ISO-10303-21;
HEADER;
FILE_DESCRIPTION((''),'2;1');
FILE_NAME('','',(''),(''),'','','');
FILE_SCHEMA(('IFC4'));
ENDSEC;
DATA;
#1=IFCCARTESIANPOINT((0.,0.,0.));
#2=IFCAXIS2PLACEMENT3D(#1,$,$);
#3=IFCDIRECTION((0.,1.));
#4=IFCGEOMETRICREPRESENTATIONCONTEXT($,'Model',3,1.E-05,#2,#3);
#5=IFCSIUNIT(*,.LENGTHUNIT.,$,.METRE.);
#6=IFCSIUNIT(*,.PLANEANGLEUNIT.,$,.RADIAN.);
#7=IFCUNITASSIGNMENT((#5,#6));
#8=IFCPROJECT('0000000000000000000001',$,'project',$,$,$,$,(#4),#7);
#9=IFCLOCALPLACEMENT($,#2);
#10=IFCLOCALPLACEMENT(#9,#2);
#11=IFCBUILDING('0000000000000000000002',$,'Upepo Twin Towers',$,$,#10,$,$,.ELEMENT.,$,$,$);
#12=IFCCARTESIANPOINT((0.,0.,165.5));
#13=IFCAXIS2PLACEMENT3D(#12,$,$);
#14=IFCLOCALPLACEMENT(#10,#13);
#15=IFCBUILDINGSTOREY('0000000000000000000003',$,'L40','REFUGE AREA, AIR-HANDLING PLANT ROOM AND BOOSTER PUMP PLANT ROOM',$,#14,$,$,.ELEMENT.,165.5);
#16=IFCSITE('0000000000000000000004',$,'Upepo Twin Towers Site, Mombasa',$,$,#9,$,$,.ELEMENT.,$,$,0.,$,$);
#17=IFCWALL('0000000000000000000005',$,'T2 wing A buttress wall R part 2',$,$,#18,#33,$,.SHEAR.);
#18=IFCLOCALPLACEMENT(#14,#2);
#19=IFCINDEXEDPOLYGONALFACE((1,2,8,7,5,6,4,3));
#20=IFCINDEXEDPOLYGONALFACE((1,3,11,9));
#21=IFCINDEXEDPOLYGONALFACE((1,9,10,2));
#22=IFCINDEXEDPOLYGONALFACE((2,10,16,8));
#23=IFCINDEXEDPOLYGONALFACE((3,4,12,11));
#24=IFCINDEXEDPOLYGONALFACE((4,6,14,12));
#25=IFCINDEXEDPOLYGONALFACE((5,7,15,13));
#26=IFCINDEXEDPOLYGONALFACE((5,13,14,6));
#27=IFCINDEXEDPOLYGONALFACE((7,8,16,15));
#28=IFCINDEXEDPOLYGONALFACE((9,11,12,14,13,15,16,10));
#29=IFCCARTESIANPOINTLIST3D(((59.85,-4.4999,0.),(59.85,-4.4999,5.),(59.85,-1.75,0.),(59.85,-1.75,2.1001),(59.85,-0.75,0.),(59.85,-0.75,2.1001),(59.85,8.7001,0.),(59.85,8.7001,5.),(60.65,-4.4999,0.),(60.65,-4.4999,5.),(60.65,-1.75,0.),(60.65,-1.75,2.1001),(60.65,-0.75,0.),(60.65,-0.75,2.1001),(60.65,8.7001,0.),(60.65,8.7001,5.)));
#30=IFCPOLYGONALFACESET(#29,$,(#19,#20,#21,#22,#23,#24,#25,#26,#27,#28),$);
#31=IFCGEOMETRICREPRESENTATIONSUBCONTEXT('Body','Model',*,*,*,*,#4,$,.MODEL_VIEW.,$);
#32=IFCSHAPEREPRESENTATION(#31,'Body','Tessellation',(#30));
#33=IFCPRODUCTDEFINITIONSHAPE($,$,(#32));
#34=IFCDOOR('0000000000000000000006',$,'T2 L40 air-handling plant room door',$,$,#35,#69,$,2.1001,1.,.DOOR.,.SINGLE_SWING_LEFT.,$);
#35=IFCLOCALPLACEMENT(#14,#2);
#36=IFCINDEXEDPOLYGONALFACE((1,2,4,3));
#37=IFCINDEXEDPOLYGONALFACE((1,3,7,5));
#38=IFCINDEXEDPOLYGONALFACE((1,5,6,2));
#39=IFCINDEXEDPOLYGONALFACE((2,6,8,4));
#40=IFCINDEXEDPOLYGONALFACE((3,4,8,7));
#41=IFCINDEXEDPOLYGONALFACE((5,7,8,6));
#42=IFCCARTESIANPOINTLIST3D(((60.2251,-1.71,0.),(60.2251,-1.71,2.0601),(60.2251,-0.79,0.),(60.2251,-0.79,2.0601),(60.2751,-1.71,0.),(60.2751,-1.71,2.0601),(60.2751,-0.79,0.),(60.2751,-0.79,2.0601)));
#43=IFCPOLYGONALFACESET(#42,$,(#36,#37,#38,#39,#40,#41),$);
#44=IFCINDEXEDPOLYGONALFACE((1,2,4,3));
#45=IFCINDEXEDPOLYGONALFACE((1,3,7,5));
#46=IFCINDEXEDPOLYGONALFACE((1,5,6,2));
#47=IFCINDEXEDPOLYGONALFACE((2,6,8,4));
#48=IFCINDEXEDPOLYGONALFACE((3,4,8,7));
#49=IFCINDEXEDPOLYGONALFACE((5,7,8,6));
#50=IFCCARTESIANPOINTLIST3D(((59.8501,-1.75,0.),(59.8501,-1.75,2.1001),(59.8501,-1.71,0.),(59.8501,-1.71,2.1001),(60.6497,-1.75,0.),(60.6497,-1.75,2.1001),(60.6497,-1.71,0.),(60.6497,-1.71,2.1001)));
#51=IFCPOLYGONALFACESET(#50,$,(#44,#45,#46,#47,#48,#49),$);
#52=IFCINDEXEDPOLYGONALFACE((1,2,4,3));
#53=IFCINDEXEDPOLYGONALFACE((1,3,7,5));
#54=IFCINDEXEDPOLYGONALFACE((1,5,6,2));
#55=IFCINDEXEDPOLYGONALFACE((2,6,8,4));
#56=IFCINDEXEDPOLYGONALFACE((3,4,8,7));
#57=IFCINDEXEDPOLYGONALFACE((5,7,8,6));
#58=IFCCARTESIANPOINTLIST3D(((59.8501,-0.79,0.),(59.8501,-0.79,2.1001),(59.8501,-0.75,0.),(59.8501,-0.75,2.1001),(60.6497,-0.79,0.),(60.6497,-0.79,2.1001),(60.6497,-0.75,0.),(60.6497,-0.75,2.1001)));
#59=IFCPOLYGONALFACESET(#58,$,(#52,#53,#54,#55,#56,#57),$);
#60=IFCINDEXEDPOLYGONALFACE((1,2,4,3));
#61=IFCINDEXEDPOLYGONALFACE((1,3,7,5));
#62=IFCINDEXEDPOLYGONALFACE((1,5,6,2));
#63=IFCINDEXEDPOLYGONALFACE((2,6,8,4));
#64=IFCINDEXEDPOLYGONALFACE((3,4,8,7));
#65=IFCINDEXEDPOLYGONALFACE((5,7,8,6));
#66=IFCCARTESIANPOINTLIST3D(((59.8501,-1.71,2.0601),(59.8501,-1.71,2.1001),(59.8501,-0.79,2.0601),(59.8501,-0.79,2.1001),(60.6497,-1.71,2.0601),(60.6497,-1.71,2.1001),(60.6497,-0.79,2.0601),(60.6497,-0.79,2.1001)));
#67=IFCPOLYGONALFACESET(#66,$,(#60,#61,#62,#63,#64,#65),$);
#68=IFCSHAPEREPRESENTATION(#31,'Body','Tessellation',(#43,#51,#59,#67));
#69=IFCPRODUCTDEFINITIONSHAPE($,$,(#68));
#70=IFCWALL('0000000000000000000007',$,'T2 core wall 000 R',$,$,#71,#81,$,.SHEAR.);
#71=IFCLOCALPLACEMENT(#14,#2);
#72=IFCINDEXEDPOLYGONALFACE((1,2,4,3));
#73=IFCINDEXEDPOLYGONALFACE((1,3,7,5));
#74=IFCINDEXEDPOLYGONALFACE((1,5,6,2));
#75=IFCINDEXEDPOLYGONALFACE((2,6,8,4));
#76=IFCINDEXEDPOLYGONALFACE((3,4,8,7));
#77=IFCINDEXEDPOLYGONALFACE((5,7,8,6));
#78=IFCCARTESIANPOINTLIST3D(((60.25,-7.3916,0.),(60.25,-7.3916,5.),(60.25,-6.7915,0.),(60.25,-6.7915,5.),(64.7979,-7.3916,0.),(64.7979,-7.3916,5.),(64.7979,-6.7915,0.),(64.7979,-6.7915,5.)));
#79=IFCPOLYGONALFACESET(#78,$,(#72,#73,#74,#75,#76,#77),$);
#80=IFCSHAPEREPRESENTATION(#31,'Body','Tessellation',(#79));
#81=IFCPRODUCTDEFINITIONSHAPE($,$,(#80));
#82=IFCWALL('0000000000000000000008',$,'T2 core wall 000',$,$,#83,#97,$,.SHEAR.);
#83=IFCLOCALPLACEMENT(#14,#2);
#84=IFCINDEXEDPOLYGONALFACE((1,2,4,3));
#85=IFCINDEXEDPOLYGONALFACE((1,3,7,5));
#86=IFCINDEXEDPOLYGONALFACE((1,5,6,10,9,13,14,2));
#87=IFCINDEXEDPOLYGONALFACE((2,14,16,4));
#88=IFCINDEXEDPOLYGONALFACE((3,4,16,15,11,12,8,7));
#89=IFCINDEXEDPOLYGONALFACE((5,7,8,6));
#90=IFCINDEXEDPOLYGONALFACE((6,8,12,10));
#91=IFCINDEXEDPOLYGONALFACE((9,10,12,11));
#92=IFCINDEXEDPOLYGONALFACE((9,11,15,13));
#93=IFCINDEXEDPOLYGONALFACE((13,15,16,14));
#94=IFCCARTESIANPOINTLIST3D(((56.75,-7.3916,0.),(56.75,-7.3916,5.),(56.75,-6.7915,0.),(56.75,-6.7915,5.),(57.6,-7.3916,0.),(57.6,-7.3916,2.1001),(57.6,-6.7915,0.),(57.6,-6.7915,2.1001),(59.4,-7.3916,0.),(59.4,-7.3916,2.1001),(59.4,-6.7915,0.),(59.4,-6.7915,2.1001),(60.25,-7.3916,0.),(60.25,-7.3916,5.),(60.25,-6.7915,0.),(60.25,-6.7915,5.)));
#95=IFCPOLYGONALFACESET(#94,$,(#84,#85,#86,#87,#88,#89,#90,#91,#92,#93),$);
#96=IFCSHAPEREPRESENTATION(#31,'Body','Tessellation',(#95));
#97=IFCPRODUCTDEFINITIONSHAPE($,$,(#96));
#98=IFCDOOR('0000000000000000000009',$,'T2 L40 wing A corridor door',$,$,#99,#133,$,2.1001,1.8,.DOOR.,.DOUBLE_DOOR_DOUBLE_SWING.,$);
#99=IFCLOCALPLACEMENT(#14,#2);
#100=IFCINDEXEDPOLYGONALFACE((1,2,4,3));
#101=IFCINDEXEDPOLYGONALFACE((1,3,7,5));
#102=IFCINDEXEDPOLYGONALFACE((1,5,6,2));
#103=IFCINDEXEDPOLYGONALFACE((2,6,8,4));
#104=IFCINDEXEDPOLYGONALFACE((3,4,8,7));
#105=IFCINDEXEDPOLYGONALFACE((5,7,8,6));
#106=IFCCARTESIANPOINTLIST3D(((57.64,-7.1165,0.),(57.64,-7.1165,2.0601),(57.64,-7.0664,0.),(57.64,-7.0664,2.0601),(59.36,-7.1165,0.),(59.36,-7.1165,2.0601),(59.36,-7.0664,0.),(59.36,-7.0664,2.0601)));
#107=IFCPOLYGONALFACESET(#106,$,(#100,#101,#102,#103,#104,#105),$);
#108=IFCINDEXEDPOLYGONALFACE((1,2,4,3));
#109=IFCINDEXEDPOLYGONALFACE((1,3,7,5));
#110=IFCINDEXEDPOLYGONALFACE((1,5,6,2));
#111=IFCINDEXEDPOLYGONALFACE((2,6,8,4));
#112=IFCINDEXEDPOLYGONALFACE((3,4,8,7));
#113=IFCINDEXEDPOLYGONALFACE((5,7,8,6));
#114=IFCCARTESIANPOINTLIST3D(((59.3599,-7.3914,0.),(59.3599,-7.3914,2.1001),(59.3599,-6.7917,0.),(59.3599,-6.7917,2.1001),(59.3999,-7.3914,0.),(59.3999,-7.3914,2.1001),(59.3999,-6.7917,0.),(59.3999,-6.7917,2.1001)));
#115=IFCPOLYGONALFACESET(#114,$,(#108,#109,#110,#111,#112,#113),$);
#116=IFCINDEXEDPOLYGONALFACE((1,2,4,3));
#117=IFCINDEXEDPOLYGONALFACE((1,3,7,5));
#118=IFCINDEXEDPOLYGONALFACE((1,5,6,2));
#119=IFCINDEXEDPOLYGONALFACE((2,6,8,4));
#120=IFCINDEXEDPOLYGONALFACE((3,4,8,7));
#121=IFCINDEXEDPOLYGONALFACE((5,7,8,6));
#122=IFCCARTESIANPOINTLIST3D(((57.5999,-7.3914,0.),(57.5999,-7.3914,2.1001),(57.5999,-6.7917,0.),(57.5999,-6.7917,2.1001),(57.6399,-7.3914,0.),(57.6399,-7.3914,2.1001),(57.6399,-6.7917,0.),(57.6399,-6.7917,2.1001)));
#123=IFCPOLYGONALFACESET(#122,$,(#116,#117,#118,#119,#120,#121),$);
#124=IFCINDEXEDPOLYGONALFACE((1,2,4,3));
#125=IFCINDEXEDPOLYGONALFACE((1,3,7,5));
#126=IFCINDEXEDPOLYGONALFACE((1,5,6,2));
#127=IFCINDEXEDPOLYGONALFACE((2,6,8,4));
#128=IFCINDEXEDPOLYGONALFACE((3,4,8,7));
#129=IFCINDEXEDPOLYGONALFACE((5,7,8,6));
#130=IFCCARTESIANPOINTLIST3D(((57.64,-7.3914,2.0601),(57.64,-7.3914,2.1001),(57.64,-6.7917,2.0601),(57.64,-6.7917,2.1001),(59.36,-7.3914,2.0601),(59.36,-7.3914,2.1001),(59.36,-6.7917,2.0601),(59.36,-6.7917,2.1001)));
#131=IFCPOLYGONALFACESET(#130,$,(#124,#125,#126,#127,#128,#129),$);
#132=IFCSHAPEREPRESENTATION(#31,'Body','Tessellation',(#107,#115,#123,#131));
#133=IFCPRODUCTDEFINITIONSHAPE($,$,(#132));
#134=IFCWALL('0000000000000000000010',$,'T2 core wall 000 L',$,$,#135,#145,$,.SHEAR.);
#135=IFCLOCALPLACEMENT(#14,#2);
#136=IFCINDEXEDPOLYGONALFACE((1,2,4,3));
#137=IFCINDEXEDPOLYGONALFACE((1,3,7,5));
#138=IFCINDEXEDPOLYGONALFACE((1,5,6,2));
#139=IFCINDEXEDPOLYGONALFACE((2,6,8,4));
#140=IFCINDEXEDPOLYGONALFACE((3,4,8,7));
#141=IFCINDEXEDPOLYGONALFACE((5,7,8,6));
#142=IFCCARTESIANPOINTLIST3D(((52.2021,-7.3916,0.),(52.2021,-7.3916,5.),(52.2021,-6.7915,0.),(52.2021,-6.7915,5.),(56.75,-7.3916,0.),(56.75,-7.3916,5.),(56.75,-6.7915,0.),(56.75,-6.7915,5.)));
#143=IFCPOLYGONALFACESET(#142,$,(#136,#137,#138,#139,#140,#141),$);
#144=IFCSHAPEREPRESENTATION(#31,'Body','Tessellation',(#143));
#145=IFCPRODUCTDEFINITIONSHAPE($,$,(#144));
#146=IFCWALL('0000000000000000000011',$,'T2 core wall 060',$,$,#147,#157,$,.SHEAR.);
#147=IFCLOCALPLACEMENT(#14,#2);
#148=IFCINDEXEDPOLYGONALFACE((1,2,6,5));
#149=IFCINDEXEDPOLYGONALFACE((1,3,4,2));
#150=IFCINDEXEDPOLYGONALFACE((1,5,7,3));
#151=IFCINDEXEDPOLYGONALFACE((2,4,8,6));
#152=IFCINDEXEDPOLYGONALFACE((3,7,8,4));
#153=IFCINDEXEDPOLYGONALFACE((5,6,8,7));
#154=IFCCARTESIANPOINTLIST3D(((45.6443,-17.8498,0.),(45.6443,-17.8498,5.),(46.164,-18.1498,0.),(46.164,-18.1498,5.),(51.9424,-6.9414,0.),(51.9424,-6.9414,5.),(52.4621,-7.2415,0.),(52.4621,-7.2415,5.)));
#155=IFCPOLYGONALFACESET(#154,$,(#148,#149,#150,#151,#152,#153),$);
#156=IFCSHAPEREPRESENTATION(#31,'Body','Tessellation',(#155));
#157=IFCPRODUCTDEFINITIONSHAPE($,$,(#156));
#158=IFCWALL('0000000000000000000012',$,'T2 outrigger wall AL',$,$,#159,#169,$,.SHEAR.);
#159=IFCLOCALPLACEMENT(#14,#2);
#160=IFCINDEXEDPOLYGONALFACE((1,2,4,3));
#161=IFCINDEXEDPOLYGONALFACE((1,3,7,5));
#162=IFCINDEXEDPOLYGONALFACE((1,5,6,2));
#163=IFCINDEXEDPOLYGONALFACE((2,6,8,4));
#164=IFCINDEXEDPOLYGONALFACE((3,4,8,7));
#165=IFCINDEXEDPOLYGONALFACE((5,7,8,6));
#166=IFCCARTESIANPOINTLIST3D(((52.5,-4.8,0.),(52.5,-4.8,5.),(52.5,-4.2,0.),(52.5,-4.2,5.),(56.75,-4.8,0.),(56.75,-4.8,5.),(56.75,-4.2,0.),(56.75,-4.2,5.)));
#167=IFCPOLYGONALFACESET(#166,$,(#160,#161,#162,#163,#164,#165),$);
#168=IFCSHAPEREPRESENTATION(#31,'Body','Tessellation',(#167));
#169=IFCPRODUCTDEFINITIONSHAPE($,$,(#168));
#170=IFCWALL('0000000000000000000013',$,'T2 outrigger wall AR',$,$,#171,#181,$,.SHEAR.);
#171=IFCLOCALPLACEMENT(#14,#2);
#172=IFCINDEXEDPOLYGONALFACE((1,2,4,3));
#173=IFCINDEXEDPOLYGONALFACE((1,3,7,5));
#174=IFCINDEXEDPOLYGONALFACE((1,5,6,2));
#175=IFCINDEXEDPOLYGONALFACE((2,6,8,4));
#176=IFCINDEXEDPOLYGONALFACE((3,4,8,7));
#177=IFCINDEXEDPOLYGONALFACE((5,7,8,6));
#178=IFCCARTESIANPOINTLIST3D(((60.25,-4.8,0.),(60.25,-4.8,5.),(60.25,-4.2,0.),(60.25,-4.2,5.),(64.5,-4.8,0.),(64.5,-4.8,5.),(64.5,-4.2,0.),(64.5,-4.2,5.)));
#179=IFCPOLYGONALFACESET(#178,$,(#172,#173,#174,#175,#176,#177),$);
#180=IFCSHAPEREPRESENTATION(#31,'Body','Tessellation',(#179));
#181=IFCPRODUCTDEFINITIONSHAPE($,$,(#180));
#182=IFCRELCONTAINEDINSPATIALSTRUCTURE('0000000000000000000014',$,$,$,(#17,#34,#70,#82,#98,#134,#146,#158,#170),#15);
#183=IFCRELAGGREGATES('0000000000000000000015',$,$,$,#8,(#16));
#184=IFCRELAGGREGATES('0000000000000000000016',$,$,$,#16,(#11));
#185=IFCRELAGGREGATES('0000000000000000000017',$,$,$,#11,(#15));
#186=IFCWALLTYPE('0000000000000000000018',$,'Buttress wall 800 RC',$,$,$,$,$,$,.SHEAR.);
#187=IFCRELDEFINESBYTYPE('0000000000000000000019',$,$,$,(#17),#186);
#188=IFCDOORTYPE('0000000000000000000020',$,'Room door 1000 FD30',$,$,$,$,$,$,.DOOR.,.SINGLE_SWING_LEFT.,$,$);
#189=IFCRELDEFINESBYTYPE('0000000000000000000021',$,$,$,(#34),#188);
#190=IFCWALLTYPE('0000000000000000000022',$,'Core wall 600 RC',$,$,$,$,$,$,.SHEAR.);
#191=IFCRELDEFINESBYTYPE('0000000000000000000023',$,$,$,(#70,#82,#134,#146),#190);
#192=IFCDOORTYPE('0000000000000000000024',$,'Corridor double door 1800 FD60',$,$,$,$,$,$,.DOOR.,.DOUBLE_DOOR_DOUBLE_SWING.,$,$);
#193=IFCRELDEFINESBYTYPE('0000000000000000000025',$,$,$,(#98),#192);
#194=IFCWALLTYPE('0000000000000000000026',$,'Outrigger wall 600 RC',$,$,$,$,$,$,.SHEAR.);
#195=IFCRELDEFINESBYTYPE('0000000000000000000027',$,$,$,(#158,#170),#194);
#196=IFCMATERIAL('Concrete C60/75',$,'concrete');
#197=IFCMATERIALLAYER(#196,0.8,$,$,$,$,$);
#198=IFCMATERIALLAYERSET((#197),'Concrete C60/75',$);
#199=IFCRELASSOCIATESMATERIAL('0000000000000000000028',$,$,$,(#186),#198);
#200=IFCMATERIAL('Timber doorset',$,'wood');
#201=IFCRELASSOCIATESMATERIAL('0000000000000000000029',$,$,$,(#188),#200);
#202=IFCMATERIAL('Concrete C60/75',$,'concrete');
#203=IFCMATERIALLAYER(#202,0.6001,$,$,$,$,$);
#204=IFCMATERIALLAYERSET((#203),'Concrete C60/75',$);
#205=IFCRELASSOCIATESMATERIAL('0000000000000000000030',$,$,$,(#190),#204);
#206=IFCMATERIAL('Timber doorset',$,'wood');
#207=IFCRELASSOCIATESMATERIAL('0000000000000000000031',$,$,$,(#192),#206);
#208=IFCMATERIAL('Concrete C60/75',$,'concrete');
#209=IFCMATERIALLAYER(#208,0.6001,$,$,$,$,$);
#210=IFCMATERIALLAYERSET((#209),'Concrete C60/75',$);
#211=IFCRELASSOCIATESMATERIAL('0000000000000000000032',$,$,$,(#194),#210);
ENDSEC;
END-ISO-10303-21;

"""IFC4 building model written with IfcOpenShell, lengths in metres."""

from ifc_helpers import new_model, si_unit, direction, frame, frame_2d, origin, place, context, subcontext, project, spatial, rectangle, extrude, material, layer, layer_set, type_object, element, fill, save


model = new_model("IFC4")

# Units and contexts
model_context = context("Model", 3, precision=1e-05, world=origin(), true_north=direction((0.0, 1.0)))
body_context = subcontext(model_context, "Body", "Model", "MODEL_VIEW")
ifc_project = project(units=[si_unit("LENGTHUNIT", "METRE"), si_unit("PLANEANGLEUNIT", "RADIAN")], contexts=[model_context])

# Site, building, storey
site_placement = place(None, origin())
site = spatial("IfcSite", under=ifc_project, at=site_placement, Name="Upepo Twin Towers Site, Mombasa", CompositionType="ELEMENT", RefElevation=0.0)
building_placement = place(site_placement, origin())
building = spatial("IfcBuilding", under=site, at=building_placement, Name="Upepo Twin Towers", CompositionType="ELEMENT")
storey_placement = place(building_placement, frame((0.0, 0.0, 165.5)))
storey = spatial("IfcBuildingStorey", under=building, at=storey_placement, Name="L40", Description="REFUGE AREA, AIR-HANDLING PLANT ROOM AND BOOSTER PUMP PLANT ROOM", CompositionType="ELEMENT", Elevation=165.5)

# Wall, opening, door
ifc_material_1 = material(Name="Concrete C60/75", Category="concrete")
ifc_layer_1 = layer(ifc_material_1, 0.8)
ifc_layer_set_1 = layer_set([ifc_layer_1], Name="Concrete C60/75")
wall_type_1 = type_object("IfcWallType", Name="Buttress wall 800 RC", PredefinedType="SHEAR", material=ifc_layer_set_1)
ifc_material_2 = material(Name="Timber doorset", Category="wood")
door_type_1 = type_object("IfcDoorType", Name="Room door 1000 FD30", OperationType="SINGLE_SWING_LEFT", PredefinedType="DOOR", material=ifc_material_2)
wall_1_placement = place(storey_placement, frame((60.25, -4.5, 0.0), z_axis=(0.0, 0.0, 1.0), x_axis=(0.0, 1.0, 0.0)))
wall_1 = element("IfcWall", 1, at=wall_1_placement, inside=storey, type_object=wall_type_1, Name="T2 wing A buttress wall R part 2", PredefinedType="SHEAR", context=body_context, shape_type="SweptSolid", body=[
    extrude(rectangle(XDim=13.2, YDim=0.8, at=frame_2d((6.6001, 0.0))), origin(), (0.0, 0.0, 1.0), 5.0),
])
opening_1_placement = place(wall_1_placement, frame((2.75, 0.0, 0.0)))
opening_1 = element("IfcOpeningElement", 2, at=opening_1_placement, cuts=wall_1, PredefinedType="OPENING", context=body_context, shape_type="SweptSolid", body=[
    extrude(rectangle(XDim=1.0, YDim=2.1001, at=frame_2d((0.5, 1.05))), frame((0.0, 0.4099, 0.0), z_axis=(0.0, -1.0, 0.0), x_axis=(1.0, 0.0, 0.0)), (0.0, 0.0, 1.0), 0.8201),
])
door_1_placement = place(opening_1_placement, origin())
door_1 = element("IfcDoor", 3, at=door_1_placement, inside=storey, type_object=door_type_1, Name="T2 L40 air-handling plant room door", OperationType="SINGLE_SWING_LEFT", OverallHeight=2.1001, OverallWidth=1.0, PredefinedType="DOOR", context=body_context, shape_type="SweptSolid", body=[
    extrude(rectangle(XDim=0.92, YDim=2.0601, at=frame_2d((0.5, 1.03))), frame((0.0, 0.0249, 0.0), z_axis=(0.0, -1.0, 0.0), x_axis=(1.0, 0.0, 0.0)), (0.0, 0.0, 1.0), 0.05),
    extrude(rectangle(XDim=0.04, YDim=2.1001, at=frame_2d((0.02, 1.05))), frame((0.0, 0.3999, 0.0), z_axis=(0.0, -1.0, 0.0), x_axis=(1.0, 0.0, 0.0)), (0.0, 0.0, 1.0), 0.7996),
    extrude(rectangle(XDim=0.04, YDim=2.1001, at=frame_2d((0.98, 1.05))), frame((0.0, 0.3999, 0.0), z_axis=(0.0, -1.0, 0.0), x_axis=(1.0, 0.0, 0.0)), (0.0, 0.0, 1.0), 0.7996),
    extrude(rectangle(XDim=0.92, YDim=0.04, at=frame_2d((0.5, 2.0801))), frame((0.0, 0.3999, 0.0), z_axis=(0.0, -1.0, 0.0), x_axis=(1.0, 0.0, 0.0)), (0.0, 0.0, 1.0), 0.7996),
])
fill(opening_1, door_1)

# Wall
ifc_material_3 = material(Name="Concrete C60/75", Category="concrete")
ifc_layer_2 = layer(ifc_material_3, 0.6001)
ifc_layer_set_2 = layer_set([ifc_layer_2], Name="Concrete C60/75")
wall_type_2 = type_object("IfcWallType", Name="Core wall 600 RC", PredefinedType="SHEAR", material=ifc_layer_set_2)
wall_2_placement = place(storey_placement, frame((64.7979, -7.0916, 0.0), z_axis=(0.0, 0.0, 1.0), x_axis=(-1.0, 0.0, 0.0)))
element("IfcWall", 4, at=wall_2_placement, inside=storey, type_object=wall_type_2, Name="T2 core wall 000 R", PredefinedType="SHEAR", context=body_context, shape_type="SweptSolid", body=[
    extrude(rectangle(XDim=4.5479, YDim=0.6001, at=frame_2d((2.2739, 0.0))), origin(), (0.0, 0.0, 1.0), 5.0),
])

# Wall, opening, door
wall_3_placement = place(storey_placement, frame((60.25, -7.0916, 0.0), z_axis=(0.0, 0.0, 1.0), x_axis=(-1.0, 0.0, 0.0)))
wall_3 = element("IfcWall", 5, at=wall_3_placement, inside=storey, type_object=wall_type_2, Name="T2 core wall 000", PredefinedType="SHEAR", context=body_context, shape_type="SweptSolid", body=[
    extrude(rectangle(XDim=3.5, YDim=0.6001, at=frame_2d((1.75, 0.0))), origin(), (0.0, 0.0, 1.0), 5.0),
])
opening_2_placement = place(wall_3_placement, frame((0.8501, 0.0, 0.0)))
opening_2 = element("IfcOpeningElement", 6, at=opening_2_placement, cuts=wall_3, PredefinedType="OPENING", context=body_context, shape_type="SweptSolid", body=[
    extrude(rectangle(XDim=1.8, YDim=2.1001, at=frame_2d((0.8999, 1.05))), frame((0.0, 0.3101, 0.0), z_axis=(0.0, -1.0, 0.0), x_axis=(1.0, 0.0, 0.0)), (0.0, 0.0, 1.0), 0.6201),
])
ifc_material_4 = material(Name="Timber doorset", Category="wood")
door_type_2 = type_object("IfcDoorType", Name="Corridor double door 1800 FD60", OperationType="DOUBLE_DOOR_DOUBLE_SWING", PredefinedType="DOOR", material=ifc_material_4)
door_2_placement = place(opening_2_placement, origin())
door_2 = element("IfcDoor", 7, at=door_2_placement, inside=storey, type_object=door_type_2, Name="T2 L40 wing A corridor door", OperationType="DOUBLE_DOOR_DOUBLE_SWING", OverallHeight=2.1001, OverallWidth=1.8, PredefinedType="DOOR", context=body_context, shape_type="SweptSolid", body=[
    extrude(rectangle(XDim=1.72, YDim=2.0601, at=frame_2d((0.8999, 1.03))), frame((0.0, 0.0249, 0.0), z_axis=(0.0, -1.0, 0.0), x_axis=(1.0, 0.0, 0.0)), (0.0, 0.0, 1.0), 0.05),
    extrude(rectangle(XDim=0.04, YDim=2.1001, at=frame_2d((0.02, 1.05))), frame((0.0, 0.2998, 0.0), z_axis=(0.0, -1.0, 0.0), x_axis=(1.0, 0.0, 0.0)), (0.0, 0.0, 1.0), 0.5996),
    extrude(rectangle(XDim=0.04, YDim=2.1001, at=frame_2d((1.78, 1.05))), frame((0.0, 0.2998, 0.0), z_axis=(0.0, -1.0, 0.0), x_axis=(1.0, 0.0, 0.0)), (0.0, 0.0, 1.0), 0.5996),
    extrude(rectangle(XDim=1.72, YDim=0.04, at=frame_2d((0.8999, 2.0801))), frame((0.0, 0.2998, 0.0), z_axis=(0.0, -1.0, 0.0), x_axis=(1.0, 0.0, 0.0)), (0.0, 0.0, 1.0), 0.5996),
])
fill(opening_2, door_2)

# Walls
wall_4_placement = place(storey_placement, frame((56.75, -7.0916, 0.0), z_axis=(0.0, 0.0, 1.0), x_axis=(-1.0, 0.0, 0.0)))
element("IfcWall", 8, at=wall_4_placement, inside=storey, type_object=wall_type_2, Name="T2 core wall 000 L", PredefinedType="SHEAR", context=body_context, shape_type="SweptSolid", body=[
    extrude(rectangle(XDim=4.5479, YDim=0.6001, at=frame_2d((2.2739, 0.0))), origin(), (0.0, 0.0, 1.0), 5.0),
])
wall_5_placement = place(storey_placement, frame((52.2021, -7.0916, 0.0), z_axis=(0.0, 0.0, 1.0), x_axis=(-0.500006, -0.866022, 0.0)))
element("IfcWall", 9, at=wall_5_placement, inside=storey, type_object=wall_type_2, Name="T2 core wall 060", PredefinedType="SHEAR", context=body_context, shape_type="SweptSolid", body=[
    extrude(rectangle(XDim=12.5959, YDim=0.6001, at=frame_2d((6.2979, 0.0))), origin(), (0.0, 0.0, 1.0), 5.0),
])
ifc_material_5 = material(Name="Concrete C60/75", Category="concrete")
ifc_layer_3 = layer(ifc_material_5, 0.6001)
ifc_layer_set_3 = layer_set([ifc_layer_3], Name="Concrete C60/75")
wall_type_3 = type_object("IfcWallType", Name="Outrigger wall 600 RC", PredefinedType="SHEAR", material=ifc_layer_set_3)
for number, where, z_axis, x_axis, name in (
    (10, (56.75, -4.5, 0.0), (0.0, 0.0, 1.0), (-1.0, 0.0, 0.0), "T2 outrigger wall AL"),
    (11, (60.25, -4.5, 0.0), (0.0, 0.0, 1.0), (1.0, 0.0, 0.0), "T2 outrigger wall AR"),
):
    element("IfcWall", number, at=place(storey_placement, frame(where, z_axis=z_axis, x_axis=x_axis)), inside=storey, type_object=wall_type_3, Name=name, PredefinedType="SHEAR", context=body_context, shape_type="SweptSolid", body=[
        extrude(rectangle(XDim=4.25, YDim=0.6001, at=frame_2d((2.125, 0.0))), origin(), (0.0, 0.0, 1.0), 5.0),
    ])

save(model, "model.ifc")
